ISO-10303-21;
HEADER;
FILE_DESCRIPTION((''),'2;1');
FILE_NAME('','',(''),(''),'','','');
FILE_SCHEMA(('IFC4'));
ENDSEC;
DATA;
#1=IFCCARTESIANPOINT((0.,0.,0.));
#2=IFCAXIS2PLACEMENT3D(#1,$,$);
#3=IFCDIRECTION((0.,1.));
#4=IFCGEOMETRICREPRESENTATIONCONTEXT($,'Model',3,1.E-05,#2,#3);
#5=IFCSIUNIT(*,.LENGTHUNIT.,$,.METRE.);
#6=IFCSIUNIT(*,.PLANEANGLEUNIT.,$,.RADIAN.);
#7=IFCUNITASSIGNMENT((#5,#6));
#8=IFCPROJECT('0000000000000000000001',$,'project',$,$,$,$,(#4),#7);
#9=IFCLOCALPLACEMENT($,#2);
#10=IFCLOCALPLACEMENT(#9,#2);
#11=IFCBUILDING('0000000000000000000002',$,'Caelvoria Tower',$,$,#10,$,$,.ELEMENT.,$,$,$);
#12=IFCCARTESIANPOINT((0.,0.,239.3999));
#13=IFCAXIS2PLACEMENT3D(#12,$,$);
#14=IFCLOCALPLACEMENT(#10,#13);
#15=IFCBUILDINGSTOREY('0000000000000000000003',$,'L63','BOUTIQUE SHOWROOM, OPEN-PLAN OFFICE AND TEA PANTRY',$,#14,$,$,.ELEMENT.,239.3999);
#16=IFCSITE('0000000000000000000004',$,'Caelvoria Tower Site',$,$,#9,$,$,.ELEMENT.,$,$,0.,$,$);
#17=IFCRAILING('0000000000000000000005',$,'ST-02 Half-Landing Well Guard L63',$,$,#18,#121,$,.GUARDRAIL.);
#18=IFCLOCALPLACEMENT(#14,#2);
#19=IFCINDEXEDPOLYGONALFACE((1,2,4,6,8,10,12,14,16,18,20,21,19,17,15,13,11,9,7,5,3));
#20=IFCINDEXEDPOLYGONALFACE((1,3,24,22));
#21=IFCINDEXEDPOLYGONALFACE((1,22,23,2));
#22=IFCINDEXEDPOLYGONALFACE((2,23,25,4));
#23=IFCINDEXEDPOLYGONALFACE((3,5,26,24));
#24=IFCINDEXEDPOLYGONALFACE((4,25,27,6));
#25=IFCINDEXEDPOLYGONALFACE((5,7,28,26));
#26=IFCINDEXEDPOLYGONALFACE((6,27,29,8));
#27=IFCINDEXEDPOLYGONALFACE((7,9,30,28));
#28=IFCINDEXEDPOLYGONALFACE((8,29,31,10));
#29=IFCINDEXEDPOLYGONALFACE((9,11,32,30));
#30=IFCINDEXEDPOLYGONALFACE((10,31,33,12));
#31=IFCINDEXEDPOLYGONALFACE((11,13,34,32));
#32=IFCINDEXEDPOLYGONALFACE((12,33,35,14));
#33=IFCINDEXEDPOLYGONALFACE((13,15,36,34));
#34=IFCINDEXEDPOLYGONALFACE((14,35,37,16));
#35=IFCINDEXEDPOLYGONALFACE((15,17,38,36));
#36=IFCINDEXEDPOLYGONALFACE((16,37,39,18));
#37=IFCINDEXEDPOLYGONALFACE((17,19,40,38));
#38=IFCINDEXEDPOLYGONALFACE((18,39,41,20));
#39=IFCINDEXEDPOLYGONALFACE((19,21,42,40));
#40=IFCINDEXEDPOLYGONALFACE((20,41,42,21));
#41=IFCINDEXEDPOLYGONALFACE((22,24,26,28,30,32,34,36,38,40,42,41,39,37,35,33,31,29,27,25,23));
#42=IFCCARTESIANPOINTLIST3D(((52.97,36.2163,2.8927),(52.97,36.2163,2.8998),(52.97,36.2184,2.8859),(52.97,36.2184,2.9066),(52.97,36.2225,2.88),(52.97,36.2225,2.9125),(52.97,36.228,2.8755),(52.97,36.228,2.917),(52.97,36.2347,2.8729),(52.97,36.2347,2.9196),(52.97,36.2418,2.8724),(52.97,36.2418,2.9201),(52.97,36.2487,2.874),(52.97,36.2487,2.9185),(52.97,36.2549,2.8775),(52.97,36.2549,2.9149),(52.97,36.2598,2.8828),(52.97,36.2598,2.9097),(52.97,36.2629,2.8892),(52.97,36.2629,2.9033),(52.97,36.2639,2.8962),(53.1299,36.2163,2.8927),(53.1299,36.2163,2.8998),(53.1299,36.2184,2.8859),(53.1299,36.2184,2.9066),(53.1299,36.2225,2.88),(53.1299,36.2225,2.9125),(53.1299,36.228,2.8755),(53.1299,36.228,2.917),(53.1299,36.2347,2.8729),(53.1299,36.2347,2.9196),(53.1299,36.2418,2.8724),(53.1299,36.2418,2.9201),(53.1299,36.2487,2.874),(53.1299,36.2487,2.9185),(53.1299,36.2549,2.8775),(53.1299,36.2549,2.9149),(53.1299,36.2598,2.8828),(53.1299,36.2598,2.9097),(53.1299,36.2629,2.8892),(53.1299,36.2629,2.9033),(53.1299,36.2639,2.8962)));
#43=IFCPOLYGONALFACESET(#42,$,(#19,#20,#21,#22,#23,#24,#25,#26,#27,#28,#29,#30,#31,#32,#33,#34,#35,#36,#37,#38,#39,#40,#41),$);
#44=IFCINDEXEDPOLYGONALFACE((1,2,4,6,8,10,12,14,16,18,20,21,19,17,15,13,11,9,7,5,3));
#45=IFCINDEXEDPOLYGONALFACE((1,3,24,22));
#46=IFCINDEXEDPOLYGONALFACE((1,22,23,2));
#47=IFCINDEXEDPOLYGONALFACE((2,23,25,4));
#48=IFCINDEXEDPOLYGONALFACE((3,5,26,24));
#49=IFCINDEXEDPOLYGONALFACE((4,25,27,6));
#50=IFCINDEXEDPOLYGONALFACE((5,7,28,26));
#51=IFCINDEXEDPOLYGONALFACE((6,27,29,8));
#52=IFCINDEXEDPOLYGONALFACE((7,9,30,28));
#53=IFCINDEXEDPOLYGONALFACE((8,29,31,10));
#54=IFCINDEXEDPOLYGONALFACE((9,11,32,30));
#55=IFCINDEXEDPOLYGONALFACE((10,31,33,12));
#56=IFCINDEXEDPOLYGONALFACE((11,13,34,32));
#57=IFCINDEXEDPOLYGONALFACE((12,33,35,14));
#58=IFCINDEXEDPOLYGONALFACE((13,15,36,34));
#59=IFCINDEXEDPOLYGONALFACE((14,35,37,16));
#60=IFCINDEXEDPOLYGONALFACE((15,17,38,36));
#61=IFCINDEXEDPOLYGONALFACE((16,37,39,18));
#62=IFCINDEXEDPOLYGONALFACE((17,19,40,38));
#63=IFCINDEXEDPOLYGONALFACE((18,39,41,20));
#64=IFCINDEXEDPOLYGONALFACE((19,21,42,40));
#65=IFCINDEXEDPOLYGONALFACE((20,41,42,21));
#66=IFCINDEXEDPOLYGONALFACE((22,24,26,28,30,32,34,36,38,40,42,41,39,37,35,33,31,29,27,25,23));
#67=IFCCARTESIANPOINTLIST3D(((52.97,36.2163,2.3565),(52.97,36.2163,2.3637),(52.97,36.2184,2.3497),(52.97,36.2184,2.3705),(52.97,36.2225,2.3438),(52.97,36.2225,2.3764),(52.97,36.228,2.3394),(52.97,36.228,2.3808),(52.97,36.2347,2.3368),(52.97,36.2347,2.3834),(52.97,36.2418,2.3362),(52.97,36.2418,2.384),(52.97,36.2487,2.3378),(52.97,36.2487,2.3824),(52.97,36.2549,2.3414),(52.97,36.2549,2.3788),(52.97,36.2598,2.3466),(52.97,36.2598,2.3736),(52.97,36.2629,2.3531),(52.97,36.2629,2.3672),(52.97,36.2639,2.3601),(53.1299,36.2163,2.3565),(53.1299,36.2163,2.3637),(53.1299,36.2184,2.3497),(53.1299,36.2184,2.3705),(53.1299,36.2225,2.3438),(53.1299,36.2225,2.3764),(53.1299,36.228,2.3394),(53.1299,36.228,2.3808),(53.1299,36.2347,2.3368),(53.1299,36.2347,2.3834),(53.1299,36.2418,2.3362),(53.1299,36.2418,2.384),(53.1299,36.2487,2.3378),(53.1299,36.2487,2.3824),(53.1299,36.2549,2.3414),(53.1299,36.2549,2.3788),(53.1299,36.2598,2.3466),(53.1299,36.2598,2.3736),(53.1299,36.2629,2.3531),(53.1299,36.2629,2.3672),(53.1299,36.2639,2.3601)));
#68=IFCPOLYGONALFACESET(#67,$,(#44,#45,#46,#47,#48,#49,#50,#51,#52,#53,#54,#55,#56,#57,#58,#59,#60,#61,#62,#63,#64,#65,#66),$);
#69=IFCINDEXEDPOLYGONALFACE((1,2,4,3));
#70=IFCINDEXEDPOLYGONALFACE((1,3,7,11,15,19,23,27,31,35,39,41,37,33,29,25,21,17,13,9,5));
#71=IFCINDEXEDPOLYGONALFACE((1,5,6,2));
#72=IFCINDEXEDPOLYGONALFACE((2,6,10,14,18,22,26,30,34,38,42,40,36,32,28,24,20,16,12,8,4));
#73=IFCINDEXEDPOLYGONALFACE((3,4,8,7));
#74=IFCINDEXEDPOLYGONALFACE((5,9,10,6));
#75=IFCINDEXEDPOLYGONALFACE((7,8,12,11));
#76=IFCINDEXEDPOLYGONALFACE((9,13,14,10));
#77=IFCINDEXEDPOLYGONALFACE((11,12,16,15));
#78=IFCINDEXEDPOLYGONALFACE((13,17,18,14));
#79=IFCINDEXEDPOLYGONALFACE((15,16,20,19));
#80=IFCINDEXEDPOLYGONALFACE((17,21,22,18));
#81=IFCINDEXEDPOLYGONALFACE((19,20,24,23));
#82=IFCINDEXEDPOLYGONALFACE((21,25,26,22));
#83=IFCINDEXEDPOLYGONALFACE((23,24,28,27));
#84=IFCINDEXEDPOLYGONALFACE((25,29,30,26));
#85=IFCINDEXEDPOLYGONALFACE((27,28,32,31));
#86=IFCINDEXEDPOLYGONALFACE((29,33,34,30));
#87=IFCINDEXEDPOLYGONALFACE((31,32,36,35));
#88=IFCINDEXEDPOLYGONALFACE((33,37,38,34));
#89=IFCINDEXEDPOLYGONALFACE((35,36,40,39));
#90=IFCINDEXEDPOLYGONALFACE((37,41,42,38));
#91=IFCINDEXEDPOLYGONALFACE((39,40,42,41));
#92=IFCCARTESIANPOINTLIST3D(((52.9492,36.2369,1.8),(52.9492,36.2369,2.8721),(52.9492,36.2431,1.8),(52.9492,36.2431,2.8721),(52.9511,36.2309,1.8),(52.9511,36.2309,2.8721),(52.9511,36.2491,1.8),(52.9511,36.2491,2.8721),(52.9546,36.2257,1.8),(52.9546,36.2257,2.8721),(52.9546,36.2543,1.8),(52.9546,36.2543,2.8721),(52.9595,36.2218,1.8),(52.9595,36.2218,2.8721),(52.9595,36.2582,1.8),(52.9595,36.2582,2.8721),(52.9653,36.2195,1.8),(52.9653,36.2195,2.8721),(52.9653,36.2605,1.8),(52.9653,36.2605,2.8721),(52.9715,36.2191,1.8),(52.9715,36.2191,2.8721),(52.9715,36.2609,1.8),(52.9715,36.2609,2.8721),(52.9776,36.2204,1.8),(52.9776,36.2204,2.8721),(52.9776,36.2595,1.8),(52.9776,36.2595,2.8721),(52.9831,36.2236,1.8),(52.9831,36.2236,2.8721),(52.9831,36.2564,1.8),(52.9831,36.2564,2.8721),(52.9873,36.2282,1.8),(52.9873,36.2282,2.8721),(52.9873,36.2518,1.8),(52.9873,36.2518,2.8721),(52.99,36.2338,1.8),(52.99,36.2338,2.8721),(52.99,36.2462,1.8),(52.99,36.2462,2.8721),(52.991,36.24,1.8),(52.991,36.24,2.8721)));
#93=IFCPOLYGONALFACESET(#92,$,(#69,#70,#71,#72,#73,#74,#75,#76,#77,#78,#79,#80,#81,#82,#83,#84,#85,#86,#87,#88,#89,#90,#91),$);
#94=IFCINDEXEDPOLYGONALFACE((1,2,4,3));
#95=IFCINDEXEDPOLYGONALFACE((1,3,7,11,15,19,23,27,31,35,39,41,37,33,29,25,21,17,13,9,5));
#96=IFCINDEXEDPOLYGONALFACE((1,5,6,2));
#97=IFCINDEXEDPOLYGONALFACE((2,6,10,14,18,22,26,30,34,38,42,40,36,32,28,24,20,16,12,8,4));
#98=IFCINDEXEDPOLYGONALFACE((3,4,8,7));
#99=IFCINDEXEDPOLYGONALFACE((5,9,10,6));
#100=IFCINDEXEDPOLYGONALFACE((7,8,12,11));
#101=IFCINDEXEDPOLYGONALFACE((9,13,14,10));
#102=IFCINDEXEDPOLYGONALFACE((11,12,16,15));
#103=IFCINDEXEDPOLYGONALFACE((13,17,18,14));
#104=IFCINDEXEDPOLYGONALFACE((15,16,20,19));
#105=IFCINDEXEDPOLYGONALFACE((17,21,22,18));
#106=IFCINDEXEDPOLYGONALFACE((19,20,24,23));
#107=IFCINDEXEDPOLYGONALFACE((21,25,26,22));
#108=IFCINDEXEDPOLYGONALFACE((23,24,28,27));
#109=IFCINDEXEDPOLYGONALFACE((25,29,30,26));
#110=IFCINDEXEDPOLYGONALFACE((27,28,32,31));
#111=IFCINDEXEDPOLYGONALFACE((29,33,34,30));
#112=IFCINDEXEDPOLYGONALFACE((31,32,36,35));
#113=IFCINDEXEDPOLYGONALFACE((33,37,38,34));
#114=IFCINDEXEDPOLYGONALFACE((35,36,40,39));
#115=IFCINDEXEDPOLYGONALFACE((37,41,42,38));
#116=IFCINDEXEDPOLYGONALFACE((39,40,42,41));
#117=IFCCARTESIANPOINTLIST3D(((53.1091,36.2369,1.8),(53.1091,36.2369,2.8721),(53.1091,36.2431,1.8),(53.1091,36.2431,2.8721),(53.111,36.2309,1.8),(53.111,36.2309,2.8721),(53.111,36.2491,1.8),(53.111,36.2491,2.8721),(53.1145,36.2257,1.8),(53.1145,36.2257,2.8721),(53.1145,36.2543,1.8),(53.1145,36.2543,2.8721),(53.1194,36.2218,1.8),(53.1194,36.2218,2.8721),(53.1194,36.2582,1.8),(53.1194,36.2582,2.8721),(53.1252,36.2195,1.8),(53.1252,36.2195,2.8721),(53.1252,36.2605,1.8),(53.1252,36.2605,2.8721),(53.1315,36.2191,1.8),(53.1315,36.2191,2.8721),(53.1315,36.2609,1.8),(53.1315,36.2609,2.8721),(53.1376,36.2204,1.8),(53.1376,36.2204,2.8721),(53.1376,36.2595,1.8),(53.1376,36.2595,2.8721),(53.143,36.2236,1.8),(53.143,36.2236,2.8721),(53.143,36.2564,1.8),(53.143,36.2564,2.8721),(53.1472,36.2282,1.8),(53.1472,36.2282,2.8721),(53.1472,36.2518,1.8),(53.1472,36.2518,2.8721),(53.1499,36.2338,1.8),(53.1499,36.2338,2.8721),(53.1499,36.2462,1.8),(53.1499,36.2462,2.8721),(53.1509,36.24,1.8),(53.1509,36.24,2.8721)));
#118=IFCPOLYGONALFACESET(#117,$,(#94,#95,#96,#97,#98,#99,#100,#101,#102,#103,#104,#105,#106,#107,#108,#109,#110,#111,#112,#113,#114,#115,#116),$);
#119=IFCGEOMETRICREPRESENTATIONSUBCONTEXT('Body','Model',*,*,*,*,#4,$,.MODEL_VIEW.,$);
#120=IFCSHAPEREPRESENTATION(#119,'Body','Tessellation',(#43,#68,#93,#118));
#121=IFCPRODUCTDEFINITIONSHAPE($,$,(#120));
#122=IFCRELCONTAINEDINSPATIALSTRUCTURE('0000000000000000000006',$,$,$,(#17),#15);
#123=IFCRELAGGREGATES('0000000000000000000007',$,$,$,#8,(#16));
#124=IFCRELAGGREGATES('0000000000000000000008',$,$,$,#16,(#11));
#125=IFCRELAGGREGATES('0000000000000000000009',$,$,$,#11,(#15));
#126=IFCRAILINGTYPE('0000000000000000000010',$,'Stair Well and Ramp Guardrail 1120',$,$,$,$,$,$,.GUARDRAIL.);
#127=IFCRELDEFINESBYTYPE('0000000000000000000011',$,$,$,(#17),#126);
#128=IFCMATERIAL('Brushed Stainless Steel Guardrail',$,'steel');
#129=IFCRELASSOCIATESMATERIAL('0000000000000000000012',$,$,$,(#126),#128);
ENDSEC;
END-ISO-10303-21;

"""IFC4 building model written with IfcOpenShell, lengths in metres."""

from ifc_helpers import new_model, si_unit, direction, frame, origin, origin_2d, place, context, subcontext, project, spatial, circle, extrude, material, type_object, element, save


model = new_model("IFC4")

# Units and contexts
model_context = context("Model", 3, precision=1e-05, world=origin(), true_north=direction((0.0, 1.0)))
body_context = subcontext(model_context, "Body", "Model", "MODEL_VIEW")
ifc_project = project(units=[si_unit("LENGTHUNIT", "METRE"), si_unit("PLANEANGLEUNIT", "RADIAN")], contexts=[model_context])

# Site, building, storey
site_placement = place(None, origin())
site = spatial("IfcSite", under=ifc_project, at=site_placement, Name="Caelvoria Tower Site", CompositionType="ELEMENT", RefElevation=0.0)
building_placement = place(site_placement, origin())
building = spatial("IfcBuilding", under=site, at=building_placement, Name="Caelvoria Tower", CompositionType="ELEMENT")
storey_placement = place(building_placement, frame((0.0, 0.0, 239.3999)))
storey = spatial("IfcBuildingStorey", under=building, at=storey_placement, Name="L63", Description="BOUTIQUE SHOWROOM, OPEN-PLAN OFFICE AND TEA PANTRY", CompositionType="ELEMENT", Elevation=239.3999)

# Railing
ifc_material_1 = material(Name="Brushed Stainless Steel Guardrail", Category="steel")
railing_type_1 = type_object("IfcRailingType", Name="Stair Well and Ramp Guardrail 1120", PredefinedType="GUARDRAIL", material=ifc_material_1)
railing_1_placement = place(storey_placement, frame((52.97, 36.24, 1.8)))
element("IfcRailing", 1, at=railing_1_placement, inside=storey, type_object=railing_type_1, Name="ST-02 Half-Landing Well Guard L63", PredefinedType="GUARDRAIL", context=body_context, shape_type="SweptSolid", body=[
    extrude(circle(Radius=0.0239, at=origin_2d()), frame((0.0, 0.0, 1.0962), z_axis=(1.0, 0.0, 0.0), x_axis=(0.0, 1.0, 0.0)), (0.0, 0.0, 1.0), 0.1599),
    extrude(circle(Radius=0.0239, at=origin_2d()), frame((0.0, 0.0, 0.5601), z_axis=(1.0, 0.0, 0.0), x_axis=(0.0, 1.0, 0.0)), (0.0, 0.0, 1.0), 0.1599),
    extrude(circle(Radius=0.021, at=origin_2d()), origin(), (0.0, 0.0, 1.0), 1.072),
    extrude(circle(Radius=0.021, at=origin_2d()), frame((0.1599, 0.0, 0.0)), (0.0, 0.0, 1.0), 1.072),
])

save(model, "model.ifc")
